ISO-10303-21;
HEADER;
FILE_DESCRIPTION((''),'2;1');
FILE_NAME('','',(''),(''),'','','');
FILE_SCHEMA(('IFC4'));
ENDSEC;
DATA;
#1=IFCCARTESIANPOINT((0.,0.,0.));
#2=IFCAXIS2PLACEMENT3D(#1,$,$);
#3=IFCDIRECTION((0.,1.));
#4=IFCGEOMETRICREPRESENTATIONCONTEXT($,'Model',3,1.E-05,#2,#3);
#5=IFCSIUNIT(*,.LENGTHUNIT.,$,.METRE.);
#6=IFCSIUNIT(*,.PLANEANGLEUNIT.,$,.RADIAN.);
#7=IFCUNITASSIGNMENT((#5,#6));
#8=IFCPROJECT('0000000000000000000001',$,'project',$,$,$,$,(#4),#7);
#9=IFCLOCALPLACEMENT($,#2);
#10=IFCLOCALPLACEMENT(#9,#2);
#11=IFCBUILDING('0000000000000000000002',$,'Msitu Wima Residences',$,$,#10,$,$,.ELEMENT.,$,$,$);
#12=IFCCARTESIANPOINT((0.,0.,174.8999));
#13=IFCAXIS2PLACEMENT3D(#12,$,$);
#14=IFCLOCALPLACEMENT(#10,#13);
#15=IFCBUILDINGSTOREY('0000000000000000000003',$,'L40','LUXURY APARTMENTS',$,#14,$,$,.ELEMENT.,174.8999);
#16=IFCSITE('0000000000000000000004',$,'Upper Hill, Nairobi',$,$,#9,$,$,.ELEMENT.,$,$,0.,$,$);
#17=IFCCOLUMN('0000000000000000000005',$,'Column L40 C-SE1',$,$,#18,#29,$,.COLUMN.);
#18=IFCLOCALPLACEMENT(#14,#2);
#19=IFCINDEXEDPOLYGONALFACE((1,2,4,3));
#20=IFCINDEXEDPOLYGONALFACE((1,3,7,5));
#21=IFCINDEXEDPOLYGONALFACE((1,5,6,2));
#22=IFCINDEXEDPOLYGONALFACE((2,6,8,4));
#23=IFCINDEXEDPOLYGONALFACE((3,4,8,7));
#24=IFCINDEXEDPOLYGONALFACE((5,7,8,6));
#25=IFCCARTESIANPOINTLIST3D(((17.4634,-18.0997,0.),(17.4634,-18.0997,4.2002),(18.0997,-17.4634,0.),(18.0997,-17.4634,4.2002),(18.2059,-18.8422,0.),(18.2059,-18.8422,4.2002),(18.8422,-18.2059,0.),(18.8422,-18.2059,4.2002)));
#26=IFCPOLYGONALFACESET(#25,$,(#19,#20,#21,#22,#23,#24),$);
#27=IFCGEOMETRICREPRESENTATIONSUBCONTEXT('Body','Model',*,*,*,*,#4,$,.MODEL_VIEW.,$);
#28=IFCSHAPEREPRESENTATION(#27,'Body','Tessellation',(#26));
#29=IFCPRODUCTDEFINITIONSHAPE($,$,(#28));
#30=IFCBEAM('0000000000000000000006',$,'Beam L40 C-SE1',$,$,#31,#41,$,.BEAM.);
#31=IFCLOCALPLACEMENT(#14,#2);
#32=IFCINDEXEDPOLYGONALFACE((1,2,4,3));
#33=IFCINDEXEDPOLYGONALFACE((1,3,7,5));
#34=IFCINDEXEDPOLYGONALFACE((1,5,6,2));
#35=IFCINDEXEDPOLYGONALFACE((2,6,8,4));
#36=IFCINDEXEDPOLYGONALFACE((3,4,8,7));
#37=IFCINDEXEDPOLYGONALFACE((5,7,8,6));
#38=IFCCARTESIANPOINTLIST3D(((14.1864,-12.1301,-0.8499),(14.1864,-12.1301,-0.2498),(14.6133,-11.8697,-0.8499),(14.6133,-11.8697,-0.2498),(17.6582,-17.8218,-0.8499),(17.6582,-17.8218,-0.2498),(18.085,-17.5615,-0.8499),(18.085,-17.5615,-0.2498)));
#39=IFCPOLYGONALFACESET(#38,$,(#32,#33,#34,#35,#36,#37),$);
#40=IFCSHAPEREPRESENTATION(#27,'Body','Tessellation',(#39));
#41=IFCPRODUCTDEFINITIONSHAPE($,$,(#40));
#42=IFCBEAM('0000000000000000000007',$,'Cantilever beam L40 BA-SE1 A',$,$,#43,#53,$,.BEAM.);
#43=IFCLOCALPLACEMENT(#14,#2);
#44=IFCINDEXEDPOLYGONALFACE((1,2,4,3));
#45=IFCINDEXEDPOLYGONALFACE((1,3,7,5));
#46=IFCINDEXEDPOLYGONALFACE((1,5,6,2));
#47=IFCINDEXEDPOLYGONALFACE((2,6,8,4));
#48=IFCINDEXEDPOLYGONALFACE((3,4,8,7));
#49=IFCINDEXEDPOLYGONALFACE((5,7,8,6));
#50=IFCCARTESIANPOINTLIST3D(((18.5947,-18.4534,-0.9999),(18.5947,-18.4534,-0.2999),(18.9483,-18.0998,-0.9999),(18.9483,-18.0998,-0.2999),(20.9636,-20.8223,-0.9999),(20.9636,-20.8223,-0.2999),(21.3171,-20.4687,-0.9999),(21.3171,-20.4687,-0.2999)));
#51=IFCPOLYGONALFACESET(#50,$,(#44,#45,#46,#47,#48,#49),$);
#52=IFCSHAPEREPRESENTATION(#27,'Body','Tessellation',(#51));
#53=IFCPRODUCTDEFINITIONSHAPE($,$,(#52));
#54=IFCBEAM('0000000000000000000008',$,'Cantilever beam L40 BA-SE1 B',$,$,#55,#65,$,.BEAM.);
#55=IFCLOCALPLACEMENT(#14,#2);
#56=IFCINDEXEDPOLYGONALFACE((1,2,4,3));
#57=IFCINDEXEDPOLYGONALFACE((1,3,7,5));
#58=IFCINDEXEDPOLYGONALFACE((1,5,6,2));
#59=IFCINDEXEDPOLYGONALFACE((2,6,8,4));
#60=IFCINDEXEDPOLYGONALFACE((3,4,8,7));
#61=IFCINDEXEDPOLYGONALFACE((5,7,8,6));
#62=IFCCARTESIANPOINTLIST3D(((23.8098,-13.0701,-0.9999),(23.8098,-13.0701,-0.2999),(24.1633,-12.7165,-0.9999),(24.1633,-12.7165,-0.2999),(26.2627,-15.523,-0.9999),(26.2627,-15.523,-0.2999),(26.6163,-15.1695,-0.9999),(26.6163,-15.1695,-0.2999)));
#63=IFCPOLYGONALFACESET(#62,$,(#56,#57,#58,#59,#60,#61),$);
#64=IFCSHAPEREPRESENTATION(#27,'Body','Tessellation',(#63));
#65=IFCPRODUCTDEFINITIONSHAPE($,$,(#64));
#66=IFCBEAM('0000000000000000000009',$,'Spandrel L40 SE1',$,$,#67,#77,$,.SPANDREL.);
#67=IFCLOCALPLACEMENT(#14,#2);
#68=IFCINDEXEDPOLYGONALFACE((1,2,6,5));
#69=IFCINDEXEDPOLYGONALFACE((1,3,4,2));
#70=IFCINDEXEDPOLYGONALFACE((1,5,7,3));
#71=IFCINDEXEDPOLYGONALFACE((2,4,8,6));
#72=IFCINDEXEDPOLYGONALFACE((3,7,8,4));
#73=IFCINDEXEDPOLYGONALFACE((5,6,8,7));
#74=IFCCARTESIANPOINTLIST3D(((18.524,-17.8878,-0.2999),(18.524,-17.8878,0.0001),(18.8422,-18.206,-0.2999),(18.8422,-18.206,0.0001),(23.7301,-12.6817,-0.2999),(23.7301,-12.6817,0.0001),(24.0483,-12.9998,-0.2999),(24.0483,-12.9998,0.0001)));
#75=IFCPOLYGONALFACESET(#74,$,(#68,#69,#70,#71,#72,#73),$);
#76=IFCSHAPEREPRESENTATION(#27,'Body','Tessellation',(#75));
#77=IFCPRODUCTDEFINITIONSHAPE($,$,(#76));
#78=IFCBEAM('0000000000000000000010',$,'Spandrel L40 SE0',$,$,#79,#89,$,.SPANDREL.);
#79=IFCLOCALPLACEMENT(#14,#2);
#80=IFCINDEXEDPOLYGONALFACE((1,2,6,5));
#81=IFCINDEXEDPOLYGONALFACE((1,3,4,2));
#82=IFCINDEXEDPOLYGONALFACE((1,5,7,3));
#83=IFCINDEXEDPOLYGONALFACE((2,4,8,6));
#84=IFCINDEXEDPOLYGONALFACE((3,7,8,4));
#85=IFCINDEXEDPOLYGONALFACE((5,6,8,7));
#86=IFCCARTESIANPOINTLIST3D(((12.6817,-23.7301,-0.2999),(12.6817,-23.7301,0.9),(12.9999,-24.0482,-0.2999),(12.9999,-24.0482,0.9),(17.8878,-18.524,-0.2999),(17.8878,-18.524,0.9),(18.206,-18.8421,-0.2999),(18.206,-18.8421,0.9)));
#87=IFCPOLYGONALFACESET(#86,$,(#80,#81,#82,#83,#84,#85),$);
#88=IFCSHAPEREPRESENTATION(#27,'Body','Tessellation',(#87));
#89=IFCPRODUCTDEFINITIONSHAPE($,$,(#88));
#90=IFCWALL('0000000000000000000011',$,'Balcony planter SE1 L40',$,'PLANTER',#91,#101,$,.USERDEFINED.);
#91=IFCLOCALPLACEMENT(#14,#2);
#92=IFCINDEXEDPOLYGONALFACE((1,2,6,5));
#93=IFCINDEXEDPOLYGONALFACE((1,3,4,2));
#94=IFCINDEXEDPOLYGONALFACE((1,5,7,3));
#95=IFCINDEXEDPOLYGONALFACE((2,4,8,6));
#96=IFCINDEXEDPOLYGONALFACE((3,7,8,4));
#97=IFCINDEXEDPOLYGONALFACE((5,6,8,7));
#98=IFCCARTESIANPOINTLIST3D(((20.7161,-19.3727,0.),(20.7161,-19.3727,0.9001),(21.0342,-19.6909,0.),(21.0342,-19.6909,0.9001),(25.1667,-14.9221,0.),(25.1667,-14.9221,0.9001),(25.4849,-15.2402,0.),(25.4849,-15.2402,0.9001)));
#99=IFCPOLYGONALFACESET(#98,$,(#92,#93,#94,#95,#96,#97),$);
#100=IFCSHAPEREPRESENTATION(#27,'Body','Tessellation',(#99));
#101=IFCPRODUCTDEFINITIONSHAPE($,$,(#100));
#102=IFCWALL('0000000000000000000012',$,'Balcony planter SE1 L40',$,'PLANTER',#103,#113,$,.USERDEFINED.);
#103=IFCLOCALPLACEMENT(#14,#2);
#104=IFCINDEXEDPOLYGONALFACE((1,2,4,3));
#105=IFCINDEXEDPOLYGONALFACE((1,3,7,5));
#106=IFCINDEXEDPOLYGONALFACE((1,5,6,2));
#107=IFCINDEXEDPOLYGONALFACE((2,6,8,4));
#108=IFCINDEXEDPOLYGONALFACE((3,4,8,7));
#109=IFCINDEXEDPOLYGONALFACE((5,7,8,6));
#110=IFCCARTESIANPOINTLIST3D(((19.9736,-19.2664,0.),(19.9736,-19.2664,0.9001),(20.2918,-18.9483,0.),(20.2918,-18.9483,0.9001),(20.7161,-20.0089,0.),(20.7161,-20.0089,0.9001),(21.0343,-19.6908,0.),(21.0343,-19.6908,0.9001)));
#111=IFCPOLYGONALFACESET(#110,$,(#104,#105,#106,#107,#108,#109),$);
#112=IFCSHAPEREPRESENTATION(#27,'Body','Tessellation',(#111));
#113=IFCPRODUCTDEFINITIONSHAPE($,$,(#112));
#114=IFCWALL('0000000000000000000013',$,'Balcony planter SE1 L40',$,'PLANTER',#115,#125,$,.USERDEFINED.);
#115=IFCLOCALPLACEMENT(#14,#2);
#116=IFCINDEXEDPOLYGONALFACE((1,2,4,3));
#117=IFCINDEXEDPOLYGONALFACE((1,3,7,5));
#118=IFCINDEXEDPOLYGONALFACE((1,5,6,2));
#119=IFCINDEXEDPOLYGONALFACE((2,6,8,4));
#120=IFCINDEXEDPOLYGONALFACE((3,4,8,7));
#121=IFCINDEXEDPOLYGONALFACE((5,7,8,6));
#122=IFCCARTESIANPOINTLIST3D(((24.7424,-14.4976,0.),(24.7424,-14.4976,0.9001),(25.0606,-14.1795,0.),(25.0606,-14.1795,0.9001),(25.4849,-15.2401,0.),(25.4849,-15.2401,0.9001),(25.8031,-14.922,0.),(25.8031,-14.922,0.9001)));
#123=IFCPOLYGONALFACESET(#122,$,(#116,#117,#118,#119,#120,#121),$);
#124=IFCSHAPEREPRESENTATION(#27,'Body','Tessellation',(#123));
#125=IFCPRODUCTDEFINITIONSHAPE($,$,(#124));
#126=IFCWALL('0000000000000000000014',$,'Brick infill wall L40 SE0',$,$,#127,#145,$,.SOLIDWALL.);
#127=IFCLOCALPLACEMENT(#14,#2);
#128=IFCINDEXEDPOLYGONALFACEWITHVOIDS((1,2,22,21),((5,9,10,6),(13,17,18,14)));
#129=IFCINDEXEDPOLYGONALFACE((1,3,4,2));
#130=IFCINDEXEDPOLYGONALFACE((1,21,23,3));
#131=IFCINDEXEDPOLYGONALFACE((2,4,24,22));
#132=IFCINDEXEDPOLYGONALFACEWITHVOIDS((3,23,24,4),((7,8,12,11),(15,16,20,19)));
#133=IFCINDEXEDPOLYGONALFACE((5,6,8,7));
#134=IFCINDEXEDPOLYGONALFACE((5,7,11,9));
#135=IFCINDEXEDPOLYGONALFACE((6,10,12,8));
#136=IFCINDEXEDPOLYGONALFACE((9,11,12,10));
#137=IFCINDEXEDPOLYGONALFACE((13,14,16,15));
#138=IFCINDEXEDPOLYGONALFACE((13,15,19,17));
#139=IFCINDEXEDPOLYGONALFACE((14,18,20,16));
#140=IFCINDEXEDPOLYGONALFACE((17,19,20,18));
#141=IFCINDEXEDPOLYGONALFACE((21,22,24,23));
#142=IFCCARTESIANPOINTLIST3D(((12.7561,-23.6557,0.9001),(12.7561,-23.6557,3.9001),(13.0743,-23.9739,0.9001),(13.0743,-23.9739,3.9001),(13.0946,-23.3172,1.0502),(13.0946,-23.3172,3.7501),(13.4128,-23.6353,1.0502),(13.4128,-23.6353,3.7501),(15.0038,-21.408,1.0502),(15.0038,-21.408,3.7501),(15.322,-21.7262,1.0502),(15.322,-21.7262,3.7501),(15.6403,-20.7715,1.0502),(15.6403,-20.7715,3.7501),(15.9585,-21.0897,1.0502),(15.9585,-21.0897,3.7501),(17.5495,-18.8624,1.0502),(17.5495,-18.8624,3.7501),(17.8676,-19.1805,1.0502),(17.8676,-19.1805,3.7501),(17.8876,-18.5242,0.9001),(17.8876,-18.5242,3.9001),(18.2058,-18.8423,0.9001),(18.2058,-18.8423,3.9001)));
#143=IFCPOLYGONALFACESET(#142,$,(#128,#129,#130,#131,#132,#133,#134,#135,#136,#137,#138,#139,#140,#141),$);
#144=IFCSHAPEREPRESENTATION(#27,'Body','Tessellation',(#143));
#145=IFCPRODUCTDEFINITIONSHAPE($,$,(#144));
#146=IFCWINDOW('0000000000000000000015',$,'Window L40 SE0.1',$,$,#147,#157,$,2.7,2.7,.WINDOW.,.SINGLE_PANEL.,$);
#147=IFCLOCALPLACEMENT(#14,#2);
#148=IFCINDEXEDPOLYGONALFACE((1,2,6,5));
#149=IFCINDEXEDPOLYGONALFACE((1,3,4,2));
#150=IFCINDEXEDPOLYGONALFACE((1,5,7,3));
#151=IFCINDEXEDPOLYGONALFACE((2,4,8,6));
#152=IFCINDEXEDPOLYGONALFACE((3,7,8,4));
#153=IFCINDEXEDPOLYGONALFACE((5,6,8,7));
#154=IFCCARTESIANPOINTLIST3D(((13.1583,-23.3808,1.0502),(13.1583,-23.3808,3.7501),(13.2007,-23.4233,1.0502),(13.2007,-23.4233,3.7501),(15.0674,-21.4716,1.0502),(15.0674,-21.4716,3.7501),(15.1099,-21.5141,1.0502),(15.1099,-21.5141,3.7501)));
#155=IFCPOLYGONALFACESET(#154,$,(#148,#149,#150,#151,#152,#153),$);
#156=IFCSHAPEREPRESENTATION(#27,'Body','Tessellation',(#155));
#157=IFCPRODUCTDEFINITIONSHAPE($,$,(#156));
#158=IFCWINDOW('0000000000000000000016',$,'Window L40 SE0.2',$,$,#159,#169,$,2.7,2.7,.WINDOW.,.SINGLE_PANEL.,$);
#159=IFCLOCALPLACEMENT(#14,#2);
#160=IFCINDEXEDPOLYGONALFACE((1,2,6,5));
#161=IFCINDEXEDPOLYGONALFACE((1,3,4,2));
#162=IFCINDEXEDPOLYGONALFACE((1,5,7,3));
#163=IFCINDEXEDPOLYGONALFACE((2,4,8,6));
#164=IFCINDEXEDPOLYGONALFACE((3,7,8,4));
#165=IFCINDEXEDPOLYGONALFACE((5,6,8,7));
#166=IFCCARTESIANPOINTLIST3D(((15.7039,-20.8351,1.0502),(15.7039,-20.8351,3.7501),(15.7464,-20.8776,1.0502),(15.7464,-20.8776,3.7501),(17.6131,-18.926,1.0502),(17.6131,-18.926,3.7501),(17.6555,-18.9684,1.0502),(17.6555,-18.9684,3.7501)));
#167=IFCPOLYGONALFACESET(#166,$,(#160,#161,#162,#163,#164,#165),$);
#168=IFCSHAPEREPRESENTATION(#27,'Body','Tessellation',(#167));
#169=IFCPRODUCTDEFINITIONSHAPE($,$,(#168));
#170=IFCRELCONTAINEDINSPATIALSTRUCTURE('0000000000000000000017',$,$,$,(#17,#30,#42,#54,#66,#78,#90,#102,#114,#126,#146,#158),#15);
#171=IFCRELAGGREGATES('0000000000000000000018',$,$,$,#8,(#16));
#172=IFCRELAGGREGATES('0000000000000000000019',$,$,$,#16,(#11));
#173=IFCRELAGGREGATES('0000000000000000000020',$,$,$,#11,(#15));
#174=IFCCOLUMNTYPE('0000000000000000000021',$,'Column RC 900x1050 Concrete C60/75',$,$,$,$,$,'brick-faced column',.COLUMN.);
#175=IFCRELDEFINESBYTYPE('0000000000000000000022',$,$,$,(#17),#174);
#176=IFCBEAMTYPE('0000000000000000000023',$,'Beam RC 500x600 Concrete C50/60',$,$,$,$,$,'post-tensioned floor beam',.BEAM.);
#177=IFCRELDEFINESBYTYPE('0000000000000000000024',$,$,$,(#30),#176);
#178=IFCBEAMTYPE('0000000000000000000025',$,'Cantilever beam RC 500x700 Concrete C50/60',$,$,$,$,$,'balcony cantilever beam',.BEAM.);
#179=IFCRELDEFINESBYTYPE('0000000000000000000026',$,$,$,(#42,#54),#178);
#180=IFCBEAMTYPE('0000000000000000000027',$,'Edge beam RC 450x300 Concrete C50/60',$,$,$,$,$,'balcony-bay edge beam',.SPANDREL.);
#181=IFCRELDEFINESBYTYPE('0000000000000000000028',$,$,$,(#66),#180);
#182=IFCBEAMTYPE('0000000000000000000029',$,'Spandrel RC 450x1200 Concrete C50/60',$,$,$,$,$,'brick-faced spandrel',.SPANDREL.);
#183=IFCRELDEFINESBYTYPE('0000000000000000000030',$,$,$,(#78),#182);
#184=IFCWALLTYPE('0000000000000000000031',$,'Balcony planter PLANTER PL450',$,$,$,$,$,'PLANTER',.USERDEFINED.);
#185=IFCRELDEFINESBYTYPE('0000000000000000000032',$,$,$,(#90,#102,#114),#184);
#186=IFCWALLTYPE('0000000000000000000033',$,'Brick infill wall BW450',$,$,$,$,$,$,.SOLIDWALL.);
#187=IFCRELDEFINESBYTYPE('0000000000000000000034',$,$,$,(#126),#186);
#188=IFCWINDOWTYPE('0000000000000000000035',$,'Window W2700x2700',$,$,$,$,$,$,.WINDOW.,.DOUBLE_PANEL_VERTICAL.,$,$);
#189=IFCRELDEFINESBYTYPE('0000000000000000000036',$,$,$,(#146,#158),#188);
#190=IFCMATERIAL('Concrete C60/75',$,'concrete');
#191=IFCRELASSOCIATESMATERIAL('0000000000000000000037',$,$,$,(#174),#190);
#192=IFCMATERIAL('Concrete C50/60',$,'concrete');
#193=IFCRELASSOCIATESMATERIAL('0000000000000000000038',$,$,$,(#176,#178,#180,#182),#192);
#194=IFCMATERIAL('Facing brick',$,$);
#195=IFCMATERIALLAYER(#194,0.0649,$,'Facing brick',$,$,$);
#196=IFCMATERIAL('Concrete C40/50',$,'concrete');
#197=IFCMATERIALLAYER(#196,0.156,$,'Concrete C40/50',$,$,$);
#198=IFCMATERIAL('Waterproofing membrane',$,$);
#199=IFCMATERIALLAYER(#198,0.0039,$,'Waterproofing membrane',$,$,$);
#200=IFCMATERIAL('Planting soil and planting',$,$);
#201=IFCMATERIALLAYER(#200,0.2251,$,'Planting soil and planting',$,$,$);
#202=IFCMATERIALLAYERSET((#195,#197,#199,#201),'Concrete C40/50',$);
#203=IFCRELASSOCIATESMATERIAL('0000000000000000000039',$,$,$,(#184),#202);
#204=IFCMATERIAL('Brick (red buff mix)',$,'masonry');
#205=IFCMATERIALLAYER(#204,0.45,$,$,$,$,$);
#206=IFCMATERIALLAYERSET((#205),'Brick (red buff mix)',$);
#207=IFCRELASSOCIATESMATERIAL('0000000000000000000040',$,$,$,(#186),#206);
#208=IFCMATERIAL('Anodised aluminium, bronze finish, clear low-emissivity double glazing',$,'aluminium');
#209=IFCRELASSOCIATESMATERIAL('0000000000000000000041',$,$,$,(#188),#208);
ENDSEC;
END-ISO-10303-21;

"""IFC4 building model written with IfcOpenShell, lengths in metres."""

from ifc_helpers import new_model, si_unit, direction, frame, frame_2d, origin, origin_2d, place, context, subcontext, project, spatial, rectangle, extrude, material, layer, layer_set, material_profile, profile_set, type_object, element, fill, save


model = new_model("IFC4")

# Units and contexts
model_context = context("Model", 3, precision=1e-05, world=origin(), true_north=direction((0.0, 1.0)))
body_context = subcontext(model_context, "Body", "Model", "MODEL_VIEW")
ifc_project = project(units=[si_unit("LENGTHUNIT", "METRE"), si_unit("PLANEANGLEUNIT", "RADIAN")], contexts=[model_context])

# Site, building, storey
site_placement = place(None, origin())
site = spatial("IfcSite", under=ifc_project, at=site_placement, Name="Upper Hill, Nairobi", CompositionType="ELEMENT", RefElevation=0.0)
building_placement = place(site_placement, origin())
building = spatial("IfcBuilding", under=site, at=building_placement, Name="Msitu Wima Residences", CompositionType="ELEMENT")
storey_placement = place(building_placement, frame((0.0, 0.0, 174.8999)))
storey = spatial("IfcBuildingStorey", under=building, at=storey_placement, Name="L40", Description="LUXURY APARTMENTS", CompositionType="ELEMENT", Elevation=174.8999)

# Column
ifc_material_1 = material(Name="Concrete C60/75", Category="concrete")
ifc_material_profile_1 = material_profile(ifc_material_1, rectangle(XDim=0.8999, YDim=1.05, at=origin_2d()), Name="RC 900x1050")
ifc_profile_set_1 = profile_set([ifc_material_profile_1], Name="Concrete C60/75")
column_type = type_object("IfcColumnType", Name="Column RC 900x1050 Concrete C60/75", ElementType="brick-faced column", PredefinedType="COLUMN", material=ifc_profile_set_1)
column_placement = place(storey_placement, frame((18.1528, -18.1528, 0.0), z_axis=(0.0, 0.0, 1.0), x_axis=(0.707107, 0.707107, 0.0)))
element("IfcColumn", 1, at=column_placement, inside=storey, type_object=column_type, Name="Column L40 C-SE1", PredefinedType="COLUMN", context=body_context, shape_type="SweptSolid", body=[
    extrude(rectangle(XDim=0.8999, YDim=1.05, at=origin_2d()), origin(), (0.0, 0.0, 1.0), 4.2002),
])

# Beams
ifc_material_2 = material(Name="Concrete C50/60", Category="concrete")
ifc_material_profile_2 = material_profile(ifc_material_2, rectangle(XDim=0.5, YDim=0.6001, at=origin_2d()), Name="RC 500x600")
ifc_profile_set_2 = profile_set([ifc_material_profile_2], Name="Concrete C50/60")
beam_type_1 = type_object("IfcBeamType", Name="Beam RC 500x600 Concrete C50/60", ElementType="post-tensioned floor beam", PredefinedType="BEAM", material=ifc_profile_set_2)
beam_1_placement = place(storey_placement, frame((17.8716, -17.6917, -0.5498), z_axis=(-0.520734, 0.853719, 0.0), x_axis=(-0.853719, -0.520734, 0.0)))
element("IfcBeam", 2, at=beam_1_placement, inside=storey, type_object=beam_type_1, Name="Beam L40 C-SE1", PredefinedType="BEAM", context=body_context, shape_type="SweptSolid", body=[
    extrude(rectangle(XDim=0.5, YDim=0.6001, at=origin_2d()), origin(), (0.0, 0.0, 1.0), 6.667),
])
ifc_material_profile_3 = material_profile(ifc_material_2, rectangle(XDim=0.5, YDim=0.7, at=origin_2d()), Name="RC 500x700")
ifc_profile_set_3 = profile_set([ifc_material_profile_3], Name="Concrete C50/60")
beam_type_2 = type_object("IfcBeamType", Name="Cantilever beam RC 500x700 Concrete C50/60", ElementType="balcony cantilever beam", PredefinedType="BEAM", material=ifc_profile_set_3)
beam_2_placement = place(storey_placement, frame((18.7715, -18.2766, -0.6499), z_axis=(0.707107, -0.707107, 0.0), x_axis=(0.707107, 0.707107, 0.0)))
element("IfcBeam", 3, at=beam_2_placement, inside=storey, type_object=beam_type_2, Name="Cantilever beam L40 BA-SE1 A", PredefinedType="BEAM", context=body_context, shape_type="SweptSolid", body=[
    extrude(rectangle(XDim=0.5, YDim=0.7, at=origin_2d()), origin(), (0.0, 0.0, 1.0), 3.3501),
])
beam_3_placement = place(storey_placement, frame((23.9866, -12.8933, -0.6499), z_axis=(0.707107, -0.707107, 0.0), x_axis=(0.707107, 0.707107, 0.0)))
element("IfcBeam", 4, at=beam_3_placement, inside=storey, type_object=beam_type_2, Name="Cantilever beam L40 BA-SE1 B", PredefinedType="BEAM", context=body_context, shape_type="SweptSolid", body=[
    extrude(rectangle(XDim=0.5, YDim=0.7, at=origin_2d()), origin(), (0.0, 0.0, 1.0), 3.469),
])
ifc_material_profile_4 = material_profile(ifc_material_2, rectangle(XDim=0.45, YDim=0.3, at=origin_2d()), Name="RC 450x300")
ifc_profile_set_4 = profile_set([ifc_material_profile_4], Name="Concrete C50/60")
beam_type_3 = type_object("IfcBeamType", Name="Edge beam RC 450x300 Concrete C50/60", ElementType="balcony-bay edge beam", PredefinedType="SPANDREL", material=ifc_profile_set_4)
beam_4_placement = place(storey_placement, frame((18.6831, -18.0469, -0.1499), z_axis=(0.707107, 0.707107, 0.0), x_axis=(-0.707107, 0.707107, 0.0)))
element("IfcBeam", 5, at=beam_4_placement, inside=storey, type_object=beam_type_3, Name="Spandrel L40 SE1", PredefinedType="SPANDREL", context=body_context, shape_type="SweptSolid", body=[
    extrude(rectangle(XDim=0.45, YDim=0.3, at=origin_2d()), origin(), (0.0, 0.0, 1.0), 7.3625),
])
ifc_material_profile_5 = material_profile(ifc_material_2, rectangle(XDim=0.45, YDim=1.2, at=origin_2d()), Name="RC 450x1200")
ifc_profile_set_5 = profile_set([ifc_material_profile_5], Name="Concrete C50/60")
beam_type_4 = type_object("IfcBeamType", Name="Spandrel RC 450x1200 Concrete C50/60", ElementType="brick-faced spandrel", PredefinedType="SPANDREL", material=ifc_profile_set_5)
beam_5_placement = place(storey_placement, frame((12.8408, -23.8892, 0.3), z_axis=(0.707107, 0.707107, 0.0), x_axis=(-0.707107, 0.707107, 0.0)))
element("IfcBeam", 6, at=beam_5_placement, inside=storey, type_object=beam_type_4, Name="Spandrel L40 SE0", PredefinedType="SPANDREL", context=body_context, shape_type="SweptSolid", body=[
    extrude(rectangle(XDim=0.45, YDim=1.2, at=origin_2d()), origin(), (0.0, 0.0, 1.0), 7.3625),
])

# Walls
ifc_material_3 = material(Name="Facing brick")
ifc_layer_1 = layer(ifc_material_3, 0.0649, Name="Facing brick")
ifc_material_4 = material(Name="Concrete C40/50", Category="concrete")
ifc_layer_2 = layer(ifc_material_4, 0.156, Name="Concrete C40/50")
ifc_material_5 = material(Name="Waterproofing membrane")
ifc_layer_3 = layer(ifc_material_5, 0.0039, Name="Waterproofing membrane")
ifc_material_6 = material(Name="Planting soil and planting")
ifc_layer_4 = layer(ifc_material_6, 0.2251, Name="Planting soil and planting")
ifc_layer_set_1 = layer_set([ifc_layer_1, ifc_layer_2, ifc_layer_3, ifc_layer_4], Name="Concrete C40/50")
wall_type_1 = type_object("IfcWallType", Name="Balcony planter PLANTER PL450", ElementType="PLANTER", PredefinedType="USERDEFINED", material=ifc_layer_set_1)
wall_1_placement = place(storey_placement, frame((20.8752, -19.5317, 0.0), z_axis=(0.0, 0.0, 1.0), x_axis=(0.707107, 0.707107, 0.0)))
element("IfcWall", 7, at=wall_1_placement, inside=storey, type_object=wall_type_1, Name="Balcony planter SE1 L40", ObjectType="PLANTER", PredefinedType="USERDEFINED", context=body_context, shape_type="SweptSolid", body=[
    extrude(rectangle(XDim=6.2942, YDim=0.45, at=frame_2d((3.147, 0.0))), origin(), (0.0, 0.0, 1.0), 0.9001),
])
for number, where, z_axis, x_axis, name in (
    (8, (20.1328, -19.1074, 0.0), (0.0, 0.0, 1.0), (0.707107, -0.707107, 0.0), "Balcony planter SE1 L40"),
    (9, (24.9016, -14.3386, 0.0), (0.0, 0.0, 1.0), (0.707107, -0.707107, 0.0), "Balcony planter SE1 L40"),
):
    element("IfcWall", number, at=place(storey_placement, frame(where, z_axis=z_axis, x_axis=x_axis)), inside=storey, type_object=wall_type_1, Name=name, ObjectType="PLANTER", PredefinedType="USERDEFINED", context=body_context, shape_type="SweptSolid", body=[
        extrude(rectangle(XDim=1.05, YDim=0.45, at=frame_2d((0.5249, 0.0))), origin(), (0.0, 0.0, 1.0), 0.9001),
    ])

# Wall, openings, windows
ifc_material_7 = material(Name="Brick (red buff mix)", Category="masonry")
ifc_layer_5 = layer(ifc_material_7, 0.45)
ifc_layer_set_2 = layer_set([ifc_layer_5], Name="Brick (red buff mix)")
wall_type_2 = type_object("IfcWallType", Name="Brick infill wall BW450", PredefinedType="SOLIDWALL", material=ifc_layer_set_2)
wall_2_placement = place(storey_placement, frame((12.9153, -23.8147, 0.9001), z_axis=(0.0, 0.0, 1.0), x_axis=(0.707107, 0.707107, 0.0)))
wall_2 = element("IfcWall", 10, at=wall_2_placement, inside=storey, type_object=wall_type_2, Name="Brick infill wall L40 SE0", PredefinedType="SOLIDWALL", context=body_context, shape_type="SweptSolid", body=[
    extrude(rectangle(XDim=7.2571, YDim=0.45, at=frame_2d((3.6284, 0.0))), origin(), (0.0, 0.0, 1.0), 3.0),
])
opening_1_placement = place(wall_2_placement, frame((0.4785, 0.0, 0.1499)))
opening_1 = element("IfcOpeningElement", 11, at=opening_1_placement, cuts=wall_2, PredefinedType="OPENING", context=body_context, shape_type="SweptSolid", body=[
    extrude(rectangle(XDim=2.7, YDim=2.7, at=frame_2d((1.3501, 1.3501))), frame((0.0, 0.2349, 0.0), z_axis=(0.0, -1.0, 0.0), x_axis=(1.0, 0.0, 0.0)), (0.0, 0.0, 1.0), 0.47),
])
opening_2_placement = place(wall_2_placement, frame((4.0786, 0.0, 0.1499)))
opening_2 = element("IfcOpeningElement", 12, at=opening_2_placement, cuts=wall_2, PredefinedType="OPENING", context=body_context, shape_type="SweptSolid", body=[
    extrude(rectangle(XDim=2.7, YDim=2.7, at=frame_2d((1.3501, 1.3501))), frame((0.0, 0.2349, 0.0), z_axis=(0.0, -1.0, 0.0), x_axis=(1.0, 0.0, 0.0)), (0.0, 0.0, 1.0), 0.47),
])
ifc_material_8 = material(Name="Anodised aluminium, bronze finish, clear low-emissivity double glazing", Category="aluminium")
window_type = type_object("IfcWindowType", Name="Window W2700x2700", PartitioningType="DOUBLE_PANEL_VERTICAL", PredefinedType="WINDOW", material=ifc_material_8)
window_1_placement = place(opening_1_placement, origin())
window_1 = element("IfcWindow", 13, at=window_1_placement, inside=storey, type_object=window_type, Name="Window L40 SE0.1", OverallHeight=2.7, OverallWidth=2.7, PartitioningType="SINGLE_PANEL", PredefinedType="WINDOW", context=body_context, shape_type="SweptSolid", body=[
    extrude(rectangle(XDim=2.7, YDim=2.7, at=frame_2d((1.3501, 1.3501))), frame((0.0, 0.135, 0.0), z_axis=(0.0, -1.0, 0.0), x_axis=(1.0, 0.0, 0.0)), (0.0, 0.0, 1.0), 0.0601),
])
fill(opening_1, window_1)
window_2_placement = place(opening_2_placement, origin())
window_2 = element("IfcWindow", 14, at=window_2_placement, inside=storey, type_object=window_type, Name="Window L40 SE0.2", OverallHeight=2.7, OverallWidth=2.7, PartitioningType="SINGLE_PANEL", PredefinedType="WINDOW", context=body_context, shape_type="SweptSolid", body=[
    extrude(rectangle(XDim=2.7, YDim=2.7, at=frame_2d((1.3501, 1.3501))), frame((0.0, 0.135, 0.0), z_axis=(0.0, -1.0, 0.0), x_axis=(1.0, 0.0, 0.0)), (0.0, 0.0, 1.0), 0.0601),
])
fill(opening_2, window_2)

save(model, "model.ifc")
